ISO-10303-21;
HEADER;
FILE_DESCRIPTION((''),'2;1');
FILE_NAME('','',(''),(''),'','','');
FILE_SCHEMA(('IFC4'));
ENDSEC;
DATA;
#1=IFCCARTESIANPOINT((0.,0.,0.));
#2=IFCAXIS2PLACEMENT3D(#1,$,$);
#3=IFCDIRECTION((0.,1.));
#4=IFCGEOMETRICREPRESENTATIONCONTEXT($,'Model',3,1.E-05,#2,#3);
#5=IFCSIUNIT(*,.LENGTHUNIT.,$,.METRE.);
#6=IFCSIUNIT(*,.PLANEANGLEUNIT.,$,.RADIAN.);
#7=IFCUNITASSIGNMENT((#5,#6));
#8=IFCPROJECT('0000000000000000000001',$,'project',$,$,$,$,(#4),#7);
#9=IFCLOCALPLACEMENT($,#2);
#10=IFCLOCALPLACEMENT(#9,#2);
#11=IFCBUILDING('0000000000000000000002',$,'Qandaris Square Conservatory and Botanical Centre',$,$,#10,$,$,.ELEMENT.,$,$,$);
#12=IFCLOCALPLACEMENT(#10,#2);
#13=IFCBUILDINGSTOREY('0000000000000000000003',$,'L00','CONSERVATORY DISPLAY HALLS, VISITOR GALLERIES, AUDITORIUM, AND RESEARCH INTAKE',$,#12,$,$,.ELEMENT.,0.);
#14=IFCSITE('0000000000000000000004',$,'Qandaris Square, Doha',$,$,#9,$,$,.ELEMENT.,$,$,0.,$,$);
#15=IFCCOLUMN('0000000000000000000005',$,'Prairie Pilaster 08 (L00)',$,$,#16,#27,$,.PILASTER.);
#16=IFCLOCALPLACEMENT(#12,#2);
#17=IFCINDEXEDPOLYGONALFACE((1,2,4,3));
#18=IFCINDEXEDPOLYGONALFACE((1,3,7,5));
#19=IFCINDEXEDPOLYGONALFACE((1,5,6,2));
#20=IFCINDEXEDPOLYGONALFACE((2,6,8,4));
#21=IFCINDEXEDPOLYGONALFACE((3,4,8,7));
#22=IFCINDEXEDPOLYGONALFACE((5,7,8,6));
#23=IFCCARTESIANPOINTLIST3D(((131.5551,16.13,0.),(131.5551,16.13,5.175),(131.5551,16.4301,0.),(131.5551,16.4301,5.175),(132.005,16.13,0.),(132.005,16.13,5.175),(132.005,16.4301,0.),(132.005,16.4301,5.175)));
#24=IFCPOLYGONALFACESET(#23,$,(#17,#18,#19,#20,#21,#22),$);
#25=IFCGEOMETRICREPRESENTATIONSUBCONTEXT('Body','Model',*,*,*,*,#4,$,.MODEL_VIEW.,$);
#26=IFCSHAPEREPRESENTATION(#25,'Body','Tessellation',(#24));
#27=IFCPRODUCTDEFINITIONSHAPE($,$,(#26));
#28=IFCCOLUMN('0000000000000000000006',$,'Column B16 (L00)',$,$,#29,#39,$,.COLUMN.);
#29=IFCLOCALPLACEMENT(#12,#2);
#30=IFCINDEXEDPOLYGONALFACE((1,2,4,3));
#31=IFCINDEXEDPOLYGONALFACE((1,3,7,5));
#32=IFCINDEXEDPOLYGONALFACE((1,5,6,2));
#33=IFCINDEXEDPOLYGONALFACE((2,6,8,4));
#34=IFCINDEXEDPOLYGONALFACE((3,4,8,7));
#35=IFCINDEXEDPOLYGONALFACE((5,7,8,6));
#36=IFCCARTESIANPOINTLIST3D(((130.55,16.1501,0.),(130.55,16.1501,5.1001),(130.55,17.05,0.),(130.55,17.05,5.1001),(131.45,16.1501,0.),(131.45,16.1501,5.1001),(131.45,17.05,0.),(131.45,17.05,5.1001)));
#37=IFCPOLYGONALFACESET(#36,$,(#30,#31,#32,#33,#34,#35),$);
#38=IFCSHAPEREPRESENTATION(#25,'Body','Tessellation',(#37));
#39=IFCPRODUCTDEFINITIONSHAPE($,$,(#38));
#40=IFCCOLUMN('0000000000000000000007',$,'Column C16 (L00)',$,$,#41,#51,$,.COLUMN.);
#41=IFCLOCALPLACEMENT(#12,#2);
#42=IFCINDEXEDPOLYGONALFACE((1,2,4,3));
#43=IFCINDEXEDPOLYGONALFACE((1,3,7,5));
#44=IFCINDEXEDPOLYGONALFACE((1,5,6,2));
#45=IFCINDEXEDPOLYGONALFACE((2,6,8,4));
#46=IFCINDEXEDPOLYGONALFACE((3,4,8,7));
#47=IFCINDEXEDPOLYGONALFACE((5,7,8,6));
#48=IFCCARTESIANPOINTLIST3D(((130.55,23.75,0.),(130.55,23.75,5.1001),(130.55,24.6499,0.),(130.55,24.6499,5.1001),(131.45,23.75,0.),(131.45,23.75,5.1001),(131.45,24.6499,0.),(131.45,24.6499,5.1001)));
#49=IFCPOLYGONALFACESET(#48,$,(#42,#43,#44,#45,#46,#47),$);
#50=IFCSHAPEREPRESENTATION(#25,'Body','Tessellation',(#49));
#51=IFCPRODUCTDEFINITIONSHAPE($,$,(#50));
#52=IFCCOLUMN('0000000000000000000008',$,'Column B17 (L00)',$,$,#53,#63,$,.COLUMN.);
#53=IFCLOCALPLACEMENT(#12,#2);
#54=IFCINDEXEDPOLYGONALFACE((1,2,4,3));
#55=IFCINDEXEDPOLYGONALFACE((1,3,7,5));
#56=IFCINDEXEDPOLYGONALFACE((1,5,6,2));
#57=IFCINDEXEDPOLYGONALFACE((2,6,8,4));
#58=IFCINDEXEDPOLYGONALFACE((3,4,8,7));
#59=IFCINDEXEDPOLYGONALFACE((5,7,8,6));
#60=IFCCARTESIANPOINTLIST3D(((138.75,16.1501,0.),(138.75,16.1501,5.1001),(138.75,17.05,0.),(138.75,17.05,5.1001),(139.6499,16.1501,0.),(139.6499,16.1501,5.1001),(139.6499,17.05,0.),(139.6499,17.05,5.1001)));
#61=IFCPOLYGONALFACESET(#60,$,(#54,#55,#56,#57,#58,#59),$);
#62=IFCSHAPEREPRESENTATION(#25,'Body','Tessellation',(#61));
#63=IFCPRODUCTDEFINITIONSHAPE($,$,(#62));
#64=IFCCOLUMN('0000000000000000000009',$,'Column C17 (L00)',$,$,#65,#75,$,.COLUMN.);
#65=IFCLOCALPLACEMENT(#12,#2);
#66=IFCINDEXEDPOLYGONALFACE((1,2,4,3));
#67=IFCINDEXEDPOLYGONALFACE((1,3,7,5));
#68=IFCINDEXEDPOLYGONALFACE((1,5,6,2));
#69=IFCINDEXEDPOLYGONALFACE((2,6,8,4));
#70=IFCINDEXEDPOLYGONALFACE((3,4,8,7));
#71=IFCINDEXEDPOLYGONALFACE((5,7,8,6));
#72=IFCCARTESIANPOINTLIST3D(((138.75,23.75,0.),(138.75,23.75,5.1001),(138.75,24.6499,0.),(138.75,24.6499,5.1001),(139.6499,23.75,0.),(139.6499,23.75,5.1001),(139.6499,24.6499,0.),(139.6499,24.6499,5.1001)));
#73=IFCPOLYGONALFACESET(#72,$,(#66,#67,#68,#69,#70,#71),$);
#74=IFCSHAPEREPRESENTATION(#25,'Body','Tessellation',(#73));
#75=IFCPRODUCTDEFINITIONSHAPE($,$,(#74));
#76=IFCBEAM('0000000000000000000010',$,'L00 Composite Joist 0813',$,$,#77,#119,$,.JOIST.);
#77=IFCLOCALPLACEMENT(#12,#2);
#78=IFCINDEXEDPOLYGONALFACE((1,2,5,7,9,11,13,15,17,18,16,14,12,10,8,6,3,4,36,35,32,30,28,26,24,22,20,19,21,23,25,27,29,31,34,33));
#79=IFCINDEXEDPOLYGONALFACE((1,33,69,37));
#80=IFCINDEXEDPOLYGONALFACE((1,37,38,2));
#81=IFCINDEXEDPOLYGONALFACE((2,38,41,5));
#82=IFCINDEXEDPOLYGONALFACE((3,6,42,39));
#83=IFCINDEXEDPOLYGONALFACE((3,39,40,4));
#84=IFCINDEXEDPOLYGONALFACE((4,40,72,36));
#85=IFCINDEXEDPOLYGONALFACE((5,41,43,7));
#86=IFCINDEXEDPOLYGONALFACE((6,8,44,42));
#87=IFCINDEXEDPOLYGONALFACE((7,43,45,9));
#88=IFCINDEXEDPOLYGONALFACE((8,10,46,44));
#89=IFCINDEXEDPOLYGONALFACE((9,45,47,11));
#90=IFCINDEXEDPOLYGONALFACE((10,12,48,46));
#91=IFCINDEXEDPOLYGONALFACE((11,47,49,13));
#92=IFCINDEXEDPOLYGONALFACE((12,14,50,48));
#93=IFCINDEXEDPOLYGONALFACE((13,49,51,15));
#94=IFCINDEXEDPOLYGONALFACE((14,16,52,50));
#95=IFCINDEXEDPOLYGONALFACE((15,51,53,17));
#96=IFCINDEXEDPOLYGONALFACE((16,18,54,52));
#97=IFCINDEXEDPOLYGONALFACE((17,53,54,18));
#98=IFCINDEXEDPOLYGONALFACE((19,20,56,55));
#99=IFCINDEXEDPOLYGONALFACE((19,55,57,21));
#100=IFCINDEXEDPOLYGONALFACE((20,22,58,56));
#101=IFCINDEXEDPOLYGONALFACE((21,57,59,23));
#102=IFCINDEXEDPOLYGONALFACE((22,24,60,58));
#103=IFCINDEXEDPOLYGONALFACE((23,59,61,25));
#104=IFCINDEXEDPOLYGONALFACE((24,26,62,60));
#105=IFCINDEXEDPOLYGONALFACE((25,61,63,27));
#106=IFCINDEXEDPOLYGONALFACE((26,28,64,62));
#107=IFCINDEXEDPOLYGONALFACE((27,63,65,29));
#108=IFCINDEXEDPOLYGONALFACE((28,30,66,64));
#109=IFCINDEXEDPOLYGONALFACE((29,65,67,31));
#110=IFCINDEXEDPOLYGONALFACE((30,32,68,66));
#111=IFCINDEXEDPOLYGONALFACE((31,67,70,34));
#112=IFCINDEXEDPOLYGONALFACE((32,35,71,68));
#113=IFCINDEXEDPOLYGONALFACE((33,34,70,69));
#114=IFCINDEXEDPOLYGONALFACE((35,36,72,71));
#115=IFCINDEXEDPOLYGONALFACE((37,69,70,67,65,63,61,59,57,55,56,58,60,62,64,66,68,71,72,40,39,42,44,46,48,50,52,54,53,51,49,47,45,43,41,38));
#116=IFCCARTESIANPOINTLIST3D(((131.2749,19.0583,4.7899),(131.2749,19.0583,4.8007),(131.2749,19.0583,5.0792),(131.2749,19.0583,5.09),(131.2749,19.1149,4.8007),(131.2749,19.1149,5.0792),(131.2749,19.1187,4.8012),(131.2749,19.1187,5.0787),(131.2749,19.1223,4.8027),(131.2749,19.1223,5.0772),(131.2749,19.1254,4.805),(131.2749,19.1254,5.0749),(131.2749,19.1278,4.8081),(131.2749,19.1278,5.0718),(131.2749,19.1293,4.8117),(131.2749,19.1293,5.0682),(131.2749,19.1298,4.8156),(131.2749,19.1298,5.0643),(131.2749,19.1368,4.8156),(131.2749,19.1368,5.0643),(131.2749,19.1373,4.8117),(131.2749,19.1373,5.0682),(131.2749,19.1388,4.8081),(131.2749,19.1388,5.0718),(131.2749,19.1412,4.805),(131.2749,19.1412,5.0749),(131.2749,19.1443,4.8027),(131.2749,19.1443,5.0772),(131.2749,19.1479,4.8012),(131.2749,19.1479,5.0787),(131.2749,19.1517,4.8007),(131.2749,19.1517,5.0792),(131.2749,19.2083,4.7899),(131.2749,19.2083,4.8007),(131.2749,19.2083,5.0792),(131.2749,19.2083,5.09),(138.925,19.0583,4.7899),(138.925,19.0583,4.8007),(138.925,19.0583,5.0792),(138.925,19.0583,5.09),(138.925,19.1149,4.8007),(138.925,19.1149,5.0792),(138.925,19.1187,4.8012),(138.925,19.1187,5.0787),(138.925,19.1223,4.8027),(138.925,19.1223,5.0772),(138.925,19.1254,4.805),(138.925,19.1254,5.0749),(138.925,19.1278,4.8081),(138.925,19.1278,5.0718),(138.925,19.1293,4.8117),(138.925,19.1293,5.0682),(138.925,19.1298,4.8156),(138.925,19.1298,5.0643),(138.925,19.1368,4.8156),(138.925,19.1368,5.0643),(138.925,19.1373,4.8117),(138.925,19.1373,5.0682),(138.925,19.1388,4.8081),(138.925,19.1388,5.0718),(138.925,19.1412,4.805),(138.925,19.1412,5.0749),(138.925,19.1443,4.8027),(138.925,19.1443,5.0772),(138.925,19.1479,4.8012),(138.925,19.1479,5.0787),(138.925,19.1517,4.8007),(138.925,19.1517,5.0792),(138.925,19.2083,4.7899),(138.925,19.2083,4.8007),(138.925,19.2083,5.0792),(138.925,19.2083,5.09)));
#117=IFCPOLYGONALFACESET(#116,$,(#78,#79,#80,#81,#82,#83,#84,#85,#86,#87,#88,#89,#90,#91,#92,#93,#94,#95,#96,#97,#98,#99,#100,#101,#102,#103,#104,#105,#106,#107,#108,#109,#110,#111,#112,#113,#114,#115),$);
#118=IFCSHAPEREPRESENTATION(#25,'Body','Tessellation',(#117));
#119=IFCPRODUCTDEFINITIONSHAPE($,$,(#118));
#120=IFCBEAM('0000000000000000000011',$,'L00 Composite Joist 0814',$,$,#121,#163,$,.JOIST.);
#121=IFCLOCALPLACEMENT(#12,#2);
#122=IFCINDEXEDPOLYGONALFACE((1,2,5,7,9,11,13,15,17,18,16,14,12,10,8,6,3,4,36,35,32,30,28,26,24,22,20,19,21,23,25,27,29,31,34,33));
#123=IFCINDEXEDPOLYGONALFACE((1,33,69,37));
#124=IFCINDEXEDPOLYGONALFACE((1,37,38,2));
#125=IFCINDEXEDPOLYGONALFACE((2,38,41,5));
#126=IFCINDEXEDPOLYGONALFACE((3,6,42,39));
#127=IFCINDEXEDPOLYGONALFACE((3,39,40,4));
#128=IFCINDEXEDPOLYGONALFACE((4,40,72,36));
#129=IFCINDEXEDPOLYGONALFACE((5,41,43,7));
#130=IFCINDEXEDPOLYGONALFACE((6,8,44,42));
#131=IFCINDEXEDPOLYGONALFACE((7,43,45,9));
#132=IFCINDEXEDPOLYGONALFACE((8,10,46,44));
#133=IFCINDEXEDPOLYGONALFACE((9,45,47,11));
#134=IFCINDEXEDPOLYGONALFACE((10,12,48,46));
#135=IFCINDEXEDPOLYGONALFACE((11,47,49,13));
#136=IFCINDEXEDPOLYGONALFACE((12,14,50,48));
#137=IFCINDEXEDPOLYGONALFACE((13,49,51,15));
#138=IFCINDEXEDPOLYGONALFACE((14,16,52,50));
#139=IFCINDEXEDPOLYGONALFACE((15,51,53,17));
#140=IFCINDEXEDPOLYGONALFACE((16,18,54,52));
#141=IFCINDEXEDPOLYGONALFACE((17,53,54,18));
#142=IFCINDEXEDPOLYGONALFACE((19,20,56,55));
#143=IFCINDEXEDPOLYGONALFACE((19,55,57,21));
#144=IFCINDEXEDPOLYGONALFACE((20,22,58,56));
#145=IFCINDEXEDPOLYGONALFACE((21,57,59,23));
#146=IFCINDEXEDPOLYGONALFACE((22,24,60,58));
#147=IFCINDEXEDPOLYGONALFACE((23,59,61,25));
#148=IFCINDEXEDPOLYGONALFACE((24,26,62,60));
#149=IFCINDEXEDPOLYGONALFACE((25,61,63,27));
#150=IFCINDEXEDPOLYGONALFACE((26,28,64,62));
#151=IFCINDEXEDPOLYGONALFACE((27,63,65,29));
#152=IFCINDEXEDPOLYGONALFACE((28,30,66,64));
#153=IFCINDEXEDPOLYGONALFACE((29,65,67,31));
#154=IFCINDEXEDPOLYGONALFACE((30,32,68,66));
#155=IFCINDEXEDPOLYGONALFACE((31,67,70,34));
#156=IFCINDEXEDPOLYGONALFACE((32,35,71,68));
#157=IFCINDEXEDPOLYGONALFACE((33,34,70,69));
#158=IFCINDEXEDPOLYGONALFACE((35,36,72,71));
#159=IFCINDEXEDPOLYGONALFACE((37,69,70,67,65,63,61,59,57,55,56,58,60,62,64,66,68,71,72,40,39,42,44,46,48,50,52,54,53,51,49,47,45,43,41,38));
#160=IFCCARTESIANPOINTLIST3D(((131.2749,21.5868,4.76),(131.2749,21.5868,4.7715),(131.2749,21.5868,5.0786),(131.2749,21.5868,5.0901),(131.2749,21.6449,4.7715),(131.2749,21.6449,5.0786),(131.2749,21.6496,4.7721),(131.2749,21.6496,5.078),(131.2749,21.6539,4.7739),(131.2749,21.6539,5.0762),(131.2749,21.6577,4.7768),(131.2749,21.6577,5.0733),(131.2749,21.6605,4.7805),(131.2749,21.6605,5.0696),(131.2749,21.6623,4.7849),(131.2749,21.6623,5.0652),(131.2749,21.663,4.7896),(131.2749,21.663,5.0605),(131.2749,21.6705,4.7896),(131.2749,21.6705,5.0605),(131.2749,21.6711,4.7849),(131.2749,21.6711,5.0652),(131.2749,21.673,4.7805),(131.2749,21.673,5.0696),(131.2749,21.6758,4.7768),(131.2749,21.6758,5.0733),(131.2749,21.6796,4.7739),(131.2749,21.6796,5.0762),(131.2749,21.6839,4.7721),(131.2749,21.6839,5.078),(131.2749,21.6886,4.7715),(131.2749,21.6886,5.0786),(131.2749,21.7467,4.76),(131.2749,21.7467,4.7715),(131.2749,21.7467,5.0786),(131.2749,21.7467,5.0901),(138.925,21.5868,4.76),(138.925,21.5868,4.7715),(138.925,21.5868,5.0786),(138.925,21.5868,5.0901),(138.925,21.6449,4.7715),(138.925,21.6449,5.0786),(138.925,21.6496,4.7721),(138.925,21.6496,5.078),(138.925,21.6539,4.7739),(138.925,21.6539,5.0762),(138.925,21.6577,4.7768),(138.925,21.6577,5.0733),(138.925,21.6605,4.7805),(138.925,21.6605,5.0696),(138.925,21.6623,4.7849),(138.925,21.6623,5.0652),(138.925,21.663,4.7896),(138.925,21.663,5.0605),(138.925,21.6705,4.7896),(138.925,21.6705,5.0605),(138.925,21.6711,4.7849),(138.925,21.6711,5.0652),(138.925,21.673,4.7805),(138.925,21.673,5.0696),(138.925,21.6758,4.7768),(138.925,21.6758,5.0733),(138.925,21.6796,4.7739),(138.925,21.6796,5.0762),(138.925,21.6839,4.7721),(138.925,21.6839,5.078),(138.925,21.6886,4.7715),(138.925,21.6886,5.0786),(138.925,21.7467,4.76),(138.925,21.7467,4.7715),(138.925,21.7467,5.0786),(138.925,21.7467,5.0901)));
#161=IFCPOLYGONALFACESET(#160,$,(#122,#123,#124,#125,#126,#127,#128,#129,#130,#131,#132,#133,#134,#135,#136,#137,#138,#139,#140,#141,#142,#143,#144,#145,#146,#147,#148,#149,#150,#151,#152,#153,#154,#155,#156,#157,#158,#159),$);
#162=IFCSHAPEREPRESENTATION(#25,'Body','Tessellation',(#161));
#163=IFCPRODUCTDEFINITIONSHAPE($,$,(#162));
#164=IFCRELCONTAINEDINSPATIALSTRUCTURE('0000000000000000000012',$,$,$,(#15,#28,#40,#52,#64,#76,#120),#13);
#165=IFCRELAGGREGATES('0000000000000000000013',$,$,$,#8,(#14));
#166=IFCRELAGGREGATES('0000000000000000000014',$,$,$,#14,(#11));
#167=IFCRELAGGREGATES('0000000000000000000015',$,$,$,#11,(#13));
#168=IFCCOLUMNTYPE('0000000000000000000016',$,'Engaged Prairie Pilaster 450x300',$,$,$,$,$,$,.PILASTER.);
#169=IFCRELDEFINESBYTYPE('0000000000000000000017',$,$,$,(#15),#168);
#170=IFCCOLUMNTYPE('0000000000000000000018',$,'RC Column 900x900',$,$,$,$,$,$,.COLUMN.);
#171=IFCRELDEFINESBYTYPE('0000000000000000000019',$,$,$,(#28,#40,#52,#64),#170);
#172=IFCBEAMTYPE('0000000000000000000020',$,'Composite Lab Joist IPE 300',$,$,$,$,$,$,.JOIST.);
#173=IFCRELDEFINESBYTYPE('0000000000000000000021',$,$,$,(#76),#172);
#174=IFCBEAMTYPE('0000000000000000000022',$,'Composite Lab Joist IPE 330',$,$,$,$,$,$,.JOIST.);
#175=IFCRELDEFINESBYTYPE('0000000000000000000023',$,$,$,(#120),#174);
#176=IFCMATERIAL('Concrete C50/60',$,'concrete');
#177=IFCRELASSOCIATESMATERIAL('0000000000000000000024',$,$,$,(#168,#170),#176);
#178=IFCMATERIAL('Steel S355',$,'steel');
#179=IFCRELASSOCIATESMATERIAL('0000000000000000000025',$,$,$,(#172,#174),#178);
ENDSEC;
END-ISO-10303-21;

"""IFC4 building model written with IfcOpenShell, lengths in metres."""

from ifc_helpers import new_model, si_unit, direction, frame, origin, origin_2d, place, context, subcontext, project, spatial, rectangle, i_section, extrude, material, material_profile, profile_set, type_object, element, save


model = new_model("IFC4")

# Units and contexts
model_context = context("Model", 3, precision=1e-05, world=origin(), true_north=direction((0.0, 1.0)))
body_context = subcontext(model_context, "Body", "Model", "MODEL_VIEW")
ifc_project = project(units=[si_unit("LENGTHUNIT", "METRE"), si_unit("PLANEANGLEUNIT", "RADIAN")], contexts=[model_context])

# Site, building, storey
site_placement = place(None, origin())
site = spatial("IfcSite", under=ifc_project, at=site_placement, Name="Qandaris Square, Doha", CompositionType="ELEMENT", RefElevation=0.0)
building_placement = place(site_placement, origin())
building = spatial("IfcBuilding", under=site, at=building_placement, Name="Qandaris Square Conservatory and Botanical Centre", CompositionType="ELEMENT")
storey_placement = place(building_placement, origin())
storey = spatial("IfcBuildingStorey", under=building, at=storey_placement, Name="L00", Description="CONSERVATORY DISPLAY HALLS, VISITOR GALLERIES, AUDITORIUM, AND RESEARCH INTAKE", CompositionType="ELEMENT", Elevation=0.0)

# Columns
ifc_material_1 = material(Name="Concrete C50/60", Category="concrete")
ifc_material_profile_1 = material_profile(ifc_material_1, rectangle(XDim=0.45, YDim=0.3, at=origin_2d()), Name="RC-PIL 450x300")
ifc_profile_set_1 = profile_set([ifc_material_profile_1], Name="Concrete C50/60")
column_type_1 = type_object("IfcColumnType", Name="Engaged Prairie Pilaster 450x300", PredefinedType="PILASTER", material=ifc_profile_set_1)
column_placement = place(storey_placement, frame((131.78, 16.28, 0.0), z_axis=(0.0, 0.0, 1.0), x_axis=(1.0, 0.0, 0.0)))
element("IfcColumn", 1, at=column_placement, inside=storey, type_object=column_type_1, Name="Prairie Pilaster 08 (L00)", PredefinedType="PILASTER", context=body_context, shape_type="SweptSolid", body=[
    extrude(rectangle(XDim=0.45, YDim=0.3, at=origin_2d()), origin(), (0.0, 0.0, 1.0), 5.175),
])
ifc_material_profile_2 = material_profile(ifc_material_1, rectangle(XDim=0.8999, YDim=0.8999, at=origin_2d()), Name="RC-COL 900x900")
ifc_profile_set_2 = profile_set([ifc_material_profile_2], Name="Concrete C50/60")
column_type_2 = type_object("IfcColumnType", Name="RC Column 900x900", PredefinedType="COLUMN", material=ifc_profile_set_2)
for number, where, z_axis, x_axis, name in (
    (2, (131.0, 16.6001, 0.0), (0.0, 0.0, 1.0), (1.0, 0.0, 0.0), "Column B16 (L00)"),
    (3, (131.0, 24.2, 0.0), (0.0, 0.0, 1.0), (1.0, 0.0, 0.0), "Column C16 (L00)"),
    (4, (139.2, 16.6001, 0.0), (0.0, 0.0, 1.0), (1.0, 0.0, 0.0), "Column B17 (L00)"),
    (5, (139.2, 24.2, 0.0), (0.0, 0.0, 1.0), (1.0, 0.0, 0.0), "Column C17 (L00)"),
):
    element("IfcColumn", number, at=place(storey_placement, frame(where, z_axis=z_axis, x_axis=x_axis)), inside=storey, type_object=column_type_2, Name=name, PredefinedType="COLUMN", context=body_context, shape_type="SweptSolid", body=[
        extrude(rectangle(XDim=0.8999, YDim=0.8999, at=origin_2d()), origin(), (0.0, 0.0, 1.0), 5.1001),
    ])

# Beams
ifc_material_2 = material(Name="Steel S355", Category="steel")
ifc_material_profile_3 = material_profile(ifc_material_2, i_section(OverallWidth=0.1499, OverallDepth=0.3, WebThickness=0.0071, FlangeThickness=0.0107, FilletRadius=0.0149, at=origin_2d()), Name="IPE 300")
ifc_profile_set_3 = profile_set([ifc_material_profile_3], Name="Steel S355")
beam_type_1 = type_object("IfcBeamType", Name="Composite Lab Joist IPE 300", PredefinedType="JOIST", material=ifc_profile_set_3)
beam_1_placement = place(storey_placement, frame((131.2749, 19.1333, 4.9399), z_axis=(1.0, 0.0, 0.0), x_axis=(0.0, 1.0, 0.0)))
element("IfcBeam", 6, at=beam_1_placement, inside=storey, type_object=beam_type_1, Name="L00 Composite Joist 0813", PredefinedType="JOIST", context=body_context, shape_type="SweptSolid", body=[
    extrude(i_section(OverallWidth=0.1499, OverallDepth=0.3, WebThickness=0.0071, FlangeThickness=0.0107, FilletRadius=0.0149, at=origin_2d()), origin(), (0.0, 0.0, 1.0), 7.6501),
])
ifc_material_profile_4 = material_profile(ifc_material_2, i_section(OverallWidth=0.1599, OverallDepth=0.3301, WebThickness=0.0076, FlangeThickness=0.0115, FilletRadius=0.0181, at=origin_2d()), Name="IPE 330")
ifc_profile_set_4 = profile_set([ifc_material_profile_4], Name="Steel S355")
beam_type_2 = type_object("IfcBeamType", Name="Composite Lab Joist IPE 330", PredefinedType="JOIST", material=ifc_profile_set_4)
for number, where, z_axis, x_axis, name in (
    (7, (131.2749, 21.6667, 4.925), (1.0, 0.0, 0.0), (0.0, 1.0, 0.0), "L00 Composite Joist 0814"),
):
    element("IfcBeam", number, at=place(storey_placement, frame(where, z_axis=z_axis, x_axis=x_axis)), inside=storey, type_object=beam_type_2, Name=name, PredefinedType="JOIST", context=body_context, shape_type="SweptSolid", body=[
        extrude(i_section(OverallWidth=0.1599, OverallDepth=0.3301, WebThickness=0.0076, FlangeThickness=0.0115, FilletRadius=0.0181, at=origin_2d()), origin(), (0.0, 0.0, 1.0), 7.6501),
    ])

save(model, "model.ifc")
